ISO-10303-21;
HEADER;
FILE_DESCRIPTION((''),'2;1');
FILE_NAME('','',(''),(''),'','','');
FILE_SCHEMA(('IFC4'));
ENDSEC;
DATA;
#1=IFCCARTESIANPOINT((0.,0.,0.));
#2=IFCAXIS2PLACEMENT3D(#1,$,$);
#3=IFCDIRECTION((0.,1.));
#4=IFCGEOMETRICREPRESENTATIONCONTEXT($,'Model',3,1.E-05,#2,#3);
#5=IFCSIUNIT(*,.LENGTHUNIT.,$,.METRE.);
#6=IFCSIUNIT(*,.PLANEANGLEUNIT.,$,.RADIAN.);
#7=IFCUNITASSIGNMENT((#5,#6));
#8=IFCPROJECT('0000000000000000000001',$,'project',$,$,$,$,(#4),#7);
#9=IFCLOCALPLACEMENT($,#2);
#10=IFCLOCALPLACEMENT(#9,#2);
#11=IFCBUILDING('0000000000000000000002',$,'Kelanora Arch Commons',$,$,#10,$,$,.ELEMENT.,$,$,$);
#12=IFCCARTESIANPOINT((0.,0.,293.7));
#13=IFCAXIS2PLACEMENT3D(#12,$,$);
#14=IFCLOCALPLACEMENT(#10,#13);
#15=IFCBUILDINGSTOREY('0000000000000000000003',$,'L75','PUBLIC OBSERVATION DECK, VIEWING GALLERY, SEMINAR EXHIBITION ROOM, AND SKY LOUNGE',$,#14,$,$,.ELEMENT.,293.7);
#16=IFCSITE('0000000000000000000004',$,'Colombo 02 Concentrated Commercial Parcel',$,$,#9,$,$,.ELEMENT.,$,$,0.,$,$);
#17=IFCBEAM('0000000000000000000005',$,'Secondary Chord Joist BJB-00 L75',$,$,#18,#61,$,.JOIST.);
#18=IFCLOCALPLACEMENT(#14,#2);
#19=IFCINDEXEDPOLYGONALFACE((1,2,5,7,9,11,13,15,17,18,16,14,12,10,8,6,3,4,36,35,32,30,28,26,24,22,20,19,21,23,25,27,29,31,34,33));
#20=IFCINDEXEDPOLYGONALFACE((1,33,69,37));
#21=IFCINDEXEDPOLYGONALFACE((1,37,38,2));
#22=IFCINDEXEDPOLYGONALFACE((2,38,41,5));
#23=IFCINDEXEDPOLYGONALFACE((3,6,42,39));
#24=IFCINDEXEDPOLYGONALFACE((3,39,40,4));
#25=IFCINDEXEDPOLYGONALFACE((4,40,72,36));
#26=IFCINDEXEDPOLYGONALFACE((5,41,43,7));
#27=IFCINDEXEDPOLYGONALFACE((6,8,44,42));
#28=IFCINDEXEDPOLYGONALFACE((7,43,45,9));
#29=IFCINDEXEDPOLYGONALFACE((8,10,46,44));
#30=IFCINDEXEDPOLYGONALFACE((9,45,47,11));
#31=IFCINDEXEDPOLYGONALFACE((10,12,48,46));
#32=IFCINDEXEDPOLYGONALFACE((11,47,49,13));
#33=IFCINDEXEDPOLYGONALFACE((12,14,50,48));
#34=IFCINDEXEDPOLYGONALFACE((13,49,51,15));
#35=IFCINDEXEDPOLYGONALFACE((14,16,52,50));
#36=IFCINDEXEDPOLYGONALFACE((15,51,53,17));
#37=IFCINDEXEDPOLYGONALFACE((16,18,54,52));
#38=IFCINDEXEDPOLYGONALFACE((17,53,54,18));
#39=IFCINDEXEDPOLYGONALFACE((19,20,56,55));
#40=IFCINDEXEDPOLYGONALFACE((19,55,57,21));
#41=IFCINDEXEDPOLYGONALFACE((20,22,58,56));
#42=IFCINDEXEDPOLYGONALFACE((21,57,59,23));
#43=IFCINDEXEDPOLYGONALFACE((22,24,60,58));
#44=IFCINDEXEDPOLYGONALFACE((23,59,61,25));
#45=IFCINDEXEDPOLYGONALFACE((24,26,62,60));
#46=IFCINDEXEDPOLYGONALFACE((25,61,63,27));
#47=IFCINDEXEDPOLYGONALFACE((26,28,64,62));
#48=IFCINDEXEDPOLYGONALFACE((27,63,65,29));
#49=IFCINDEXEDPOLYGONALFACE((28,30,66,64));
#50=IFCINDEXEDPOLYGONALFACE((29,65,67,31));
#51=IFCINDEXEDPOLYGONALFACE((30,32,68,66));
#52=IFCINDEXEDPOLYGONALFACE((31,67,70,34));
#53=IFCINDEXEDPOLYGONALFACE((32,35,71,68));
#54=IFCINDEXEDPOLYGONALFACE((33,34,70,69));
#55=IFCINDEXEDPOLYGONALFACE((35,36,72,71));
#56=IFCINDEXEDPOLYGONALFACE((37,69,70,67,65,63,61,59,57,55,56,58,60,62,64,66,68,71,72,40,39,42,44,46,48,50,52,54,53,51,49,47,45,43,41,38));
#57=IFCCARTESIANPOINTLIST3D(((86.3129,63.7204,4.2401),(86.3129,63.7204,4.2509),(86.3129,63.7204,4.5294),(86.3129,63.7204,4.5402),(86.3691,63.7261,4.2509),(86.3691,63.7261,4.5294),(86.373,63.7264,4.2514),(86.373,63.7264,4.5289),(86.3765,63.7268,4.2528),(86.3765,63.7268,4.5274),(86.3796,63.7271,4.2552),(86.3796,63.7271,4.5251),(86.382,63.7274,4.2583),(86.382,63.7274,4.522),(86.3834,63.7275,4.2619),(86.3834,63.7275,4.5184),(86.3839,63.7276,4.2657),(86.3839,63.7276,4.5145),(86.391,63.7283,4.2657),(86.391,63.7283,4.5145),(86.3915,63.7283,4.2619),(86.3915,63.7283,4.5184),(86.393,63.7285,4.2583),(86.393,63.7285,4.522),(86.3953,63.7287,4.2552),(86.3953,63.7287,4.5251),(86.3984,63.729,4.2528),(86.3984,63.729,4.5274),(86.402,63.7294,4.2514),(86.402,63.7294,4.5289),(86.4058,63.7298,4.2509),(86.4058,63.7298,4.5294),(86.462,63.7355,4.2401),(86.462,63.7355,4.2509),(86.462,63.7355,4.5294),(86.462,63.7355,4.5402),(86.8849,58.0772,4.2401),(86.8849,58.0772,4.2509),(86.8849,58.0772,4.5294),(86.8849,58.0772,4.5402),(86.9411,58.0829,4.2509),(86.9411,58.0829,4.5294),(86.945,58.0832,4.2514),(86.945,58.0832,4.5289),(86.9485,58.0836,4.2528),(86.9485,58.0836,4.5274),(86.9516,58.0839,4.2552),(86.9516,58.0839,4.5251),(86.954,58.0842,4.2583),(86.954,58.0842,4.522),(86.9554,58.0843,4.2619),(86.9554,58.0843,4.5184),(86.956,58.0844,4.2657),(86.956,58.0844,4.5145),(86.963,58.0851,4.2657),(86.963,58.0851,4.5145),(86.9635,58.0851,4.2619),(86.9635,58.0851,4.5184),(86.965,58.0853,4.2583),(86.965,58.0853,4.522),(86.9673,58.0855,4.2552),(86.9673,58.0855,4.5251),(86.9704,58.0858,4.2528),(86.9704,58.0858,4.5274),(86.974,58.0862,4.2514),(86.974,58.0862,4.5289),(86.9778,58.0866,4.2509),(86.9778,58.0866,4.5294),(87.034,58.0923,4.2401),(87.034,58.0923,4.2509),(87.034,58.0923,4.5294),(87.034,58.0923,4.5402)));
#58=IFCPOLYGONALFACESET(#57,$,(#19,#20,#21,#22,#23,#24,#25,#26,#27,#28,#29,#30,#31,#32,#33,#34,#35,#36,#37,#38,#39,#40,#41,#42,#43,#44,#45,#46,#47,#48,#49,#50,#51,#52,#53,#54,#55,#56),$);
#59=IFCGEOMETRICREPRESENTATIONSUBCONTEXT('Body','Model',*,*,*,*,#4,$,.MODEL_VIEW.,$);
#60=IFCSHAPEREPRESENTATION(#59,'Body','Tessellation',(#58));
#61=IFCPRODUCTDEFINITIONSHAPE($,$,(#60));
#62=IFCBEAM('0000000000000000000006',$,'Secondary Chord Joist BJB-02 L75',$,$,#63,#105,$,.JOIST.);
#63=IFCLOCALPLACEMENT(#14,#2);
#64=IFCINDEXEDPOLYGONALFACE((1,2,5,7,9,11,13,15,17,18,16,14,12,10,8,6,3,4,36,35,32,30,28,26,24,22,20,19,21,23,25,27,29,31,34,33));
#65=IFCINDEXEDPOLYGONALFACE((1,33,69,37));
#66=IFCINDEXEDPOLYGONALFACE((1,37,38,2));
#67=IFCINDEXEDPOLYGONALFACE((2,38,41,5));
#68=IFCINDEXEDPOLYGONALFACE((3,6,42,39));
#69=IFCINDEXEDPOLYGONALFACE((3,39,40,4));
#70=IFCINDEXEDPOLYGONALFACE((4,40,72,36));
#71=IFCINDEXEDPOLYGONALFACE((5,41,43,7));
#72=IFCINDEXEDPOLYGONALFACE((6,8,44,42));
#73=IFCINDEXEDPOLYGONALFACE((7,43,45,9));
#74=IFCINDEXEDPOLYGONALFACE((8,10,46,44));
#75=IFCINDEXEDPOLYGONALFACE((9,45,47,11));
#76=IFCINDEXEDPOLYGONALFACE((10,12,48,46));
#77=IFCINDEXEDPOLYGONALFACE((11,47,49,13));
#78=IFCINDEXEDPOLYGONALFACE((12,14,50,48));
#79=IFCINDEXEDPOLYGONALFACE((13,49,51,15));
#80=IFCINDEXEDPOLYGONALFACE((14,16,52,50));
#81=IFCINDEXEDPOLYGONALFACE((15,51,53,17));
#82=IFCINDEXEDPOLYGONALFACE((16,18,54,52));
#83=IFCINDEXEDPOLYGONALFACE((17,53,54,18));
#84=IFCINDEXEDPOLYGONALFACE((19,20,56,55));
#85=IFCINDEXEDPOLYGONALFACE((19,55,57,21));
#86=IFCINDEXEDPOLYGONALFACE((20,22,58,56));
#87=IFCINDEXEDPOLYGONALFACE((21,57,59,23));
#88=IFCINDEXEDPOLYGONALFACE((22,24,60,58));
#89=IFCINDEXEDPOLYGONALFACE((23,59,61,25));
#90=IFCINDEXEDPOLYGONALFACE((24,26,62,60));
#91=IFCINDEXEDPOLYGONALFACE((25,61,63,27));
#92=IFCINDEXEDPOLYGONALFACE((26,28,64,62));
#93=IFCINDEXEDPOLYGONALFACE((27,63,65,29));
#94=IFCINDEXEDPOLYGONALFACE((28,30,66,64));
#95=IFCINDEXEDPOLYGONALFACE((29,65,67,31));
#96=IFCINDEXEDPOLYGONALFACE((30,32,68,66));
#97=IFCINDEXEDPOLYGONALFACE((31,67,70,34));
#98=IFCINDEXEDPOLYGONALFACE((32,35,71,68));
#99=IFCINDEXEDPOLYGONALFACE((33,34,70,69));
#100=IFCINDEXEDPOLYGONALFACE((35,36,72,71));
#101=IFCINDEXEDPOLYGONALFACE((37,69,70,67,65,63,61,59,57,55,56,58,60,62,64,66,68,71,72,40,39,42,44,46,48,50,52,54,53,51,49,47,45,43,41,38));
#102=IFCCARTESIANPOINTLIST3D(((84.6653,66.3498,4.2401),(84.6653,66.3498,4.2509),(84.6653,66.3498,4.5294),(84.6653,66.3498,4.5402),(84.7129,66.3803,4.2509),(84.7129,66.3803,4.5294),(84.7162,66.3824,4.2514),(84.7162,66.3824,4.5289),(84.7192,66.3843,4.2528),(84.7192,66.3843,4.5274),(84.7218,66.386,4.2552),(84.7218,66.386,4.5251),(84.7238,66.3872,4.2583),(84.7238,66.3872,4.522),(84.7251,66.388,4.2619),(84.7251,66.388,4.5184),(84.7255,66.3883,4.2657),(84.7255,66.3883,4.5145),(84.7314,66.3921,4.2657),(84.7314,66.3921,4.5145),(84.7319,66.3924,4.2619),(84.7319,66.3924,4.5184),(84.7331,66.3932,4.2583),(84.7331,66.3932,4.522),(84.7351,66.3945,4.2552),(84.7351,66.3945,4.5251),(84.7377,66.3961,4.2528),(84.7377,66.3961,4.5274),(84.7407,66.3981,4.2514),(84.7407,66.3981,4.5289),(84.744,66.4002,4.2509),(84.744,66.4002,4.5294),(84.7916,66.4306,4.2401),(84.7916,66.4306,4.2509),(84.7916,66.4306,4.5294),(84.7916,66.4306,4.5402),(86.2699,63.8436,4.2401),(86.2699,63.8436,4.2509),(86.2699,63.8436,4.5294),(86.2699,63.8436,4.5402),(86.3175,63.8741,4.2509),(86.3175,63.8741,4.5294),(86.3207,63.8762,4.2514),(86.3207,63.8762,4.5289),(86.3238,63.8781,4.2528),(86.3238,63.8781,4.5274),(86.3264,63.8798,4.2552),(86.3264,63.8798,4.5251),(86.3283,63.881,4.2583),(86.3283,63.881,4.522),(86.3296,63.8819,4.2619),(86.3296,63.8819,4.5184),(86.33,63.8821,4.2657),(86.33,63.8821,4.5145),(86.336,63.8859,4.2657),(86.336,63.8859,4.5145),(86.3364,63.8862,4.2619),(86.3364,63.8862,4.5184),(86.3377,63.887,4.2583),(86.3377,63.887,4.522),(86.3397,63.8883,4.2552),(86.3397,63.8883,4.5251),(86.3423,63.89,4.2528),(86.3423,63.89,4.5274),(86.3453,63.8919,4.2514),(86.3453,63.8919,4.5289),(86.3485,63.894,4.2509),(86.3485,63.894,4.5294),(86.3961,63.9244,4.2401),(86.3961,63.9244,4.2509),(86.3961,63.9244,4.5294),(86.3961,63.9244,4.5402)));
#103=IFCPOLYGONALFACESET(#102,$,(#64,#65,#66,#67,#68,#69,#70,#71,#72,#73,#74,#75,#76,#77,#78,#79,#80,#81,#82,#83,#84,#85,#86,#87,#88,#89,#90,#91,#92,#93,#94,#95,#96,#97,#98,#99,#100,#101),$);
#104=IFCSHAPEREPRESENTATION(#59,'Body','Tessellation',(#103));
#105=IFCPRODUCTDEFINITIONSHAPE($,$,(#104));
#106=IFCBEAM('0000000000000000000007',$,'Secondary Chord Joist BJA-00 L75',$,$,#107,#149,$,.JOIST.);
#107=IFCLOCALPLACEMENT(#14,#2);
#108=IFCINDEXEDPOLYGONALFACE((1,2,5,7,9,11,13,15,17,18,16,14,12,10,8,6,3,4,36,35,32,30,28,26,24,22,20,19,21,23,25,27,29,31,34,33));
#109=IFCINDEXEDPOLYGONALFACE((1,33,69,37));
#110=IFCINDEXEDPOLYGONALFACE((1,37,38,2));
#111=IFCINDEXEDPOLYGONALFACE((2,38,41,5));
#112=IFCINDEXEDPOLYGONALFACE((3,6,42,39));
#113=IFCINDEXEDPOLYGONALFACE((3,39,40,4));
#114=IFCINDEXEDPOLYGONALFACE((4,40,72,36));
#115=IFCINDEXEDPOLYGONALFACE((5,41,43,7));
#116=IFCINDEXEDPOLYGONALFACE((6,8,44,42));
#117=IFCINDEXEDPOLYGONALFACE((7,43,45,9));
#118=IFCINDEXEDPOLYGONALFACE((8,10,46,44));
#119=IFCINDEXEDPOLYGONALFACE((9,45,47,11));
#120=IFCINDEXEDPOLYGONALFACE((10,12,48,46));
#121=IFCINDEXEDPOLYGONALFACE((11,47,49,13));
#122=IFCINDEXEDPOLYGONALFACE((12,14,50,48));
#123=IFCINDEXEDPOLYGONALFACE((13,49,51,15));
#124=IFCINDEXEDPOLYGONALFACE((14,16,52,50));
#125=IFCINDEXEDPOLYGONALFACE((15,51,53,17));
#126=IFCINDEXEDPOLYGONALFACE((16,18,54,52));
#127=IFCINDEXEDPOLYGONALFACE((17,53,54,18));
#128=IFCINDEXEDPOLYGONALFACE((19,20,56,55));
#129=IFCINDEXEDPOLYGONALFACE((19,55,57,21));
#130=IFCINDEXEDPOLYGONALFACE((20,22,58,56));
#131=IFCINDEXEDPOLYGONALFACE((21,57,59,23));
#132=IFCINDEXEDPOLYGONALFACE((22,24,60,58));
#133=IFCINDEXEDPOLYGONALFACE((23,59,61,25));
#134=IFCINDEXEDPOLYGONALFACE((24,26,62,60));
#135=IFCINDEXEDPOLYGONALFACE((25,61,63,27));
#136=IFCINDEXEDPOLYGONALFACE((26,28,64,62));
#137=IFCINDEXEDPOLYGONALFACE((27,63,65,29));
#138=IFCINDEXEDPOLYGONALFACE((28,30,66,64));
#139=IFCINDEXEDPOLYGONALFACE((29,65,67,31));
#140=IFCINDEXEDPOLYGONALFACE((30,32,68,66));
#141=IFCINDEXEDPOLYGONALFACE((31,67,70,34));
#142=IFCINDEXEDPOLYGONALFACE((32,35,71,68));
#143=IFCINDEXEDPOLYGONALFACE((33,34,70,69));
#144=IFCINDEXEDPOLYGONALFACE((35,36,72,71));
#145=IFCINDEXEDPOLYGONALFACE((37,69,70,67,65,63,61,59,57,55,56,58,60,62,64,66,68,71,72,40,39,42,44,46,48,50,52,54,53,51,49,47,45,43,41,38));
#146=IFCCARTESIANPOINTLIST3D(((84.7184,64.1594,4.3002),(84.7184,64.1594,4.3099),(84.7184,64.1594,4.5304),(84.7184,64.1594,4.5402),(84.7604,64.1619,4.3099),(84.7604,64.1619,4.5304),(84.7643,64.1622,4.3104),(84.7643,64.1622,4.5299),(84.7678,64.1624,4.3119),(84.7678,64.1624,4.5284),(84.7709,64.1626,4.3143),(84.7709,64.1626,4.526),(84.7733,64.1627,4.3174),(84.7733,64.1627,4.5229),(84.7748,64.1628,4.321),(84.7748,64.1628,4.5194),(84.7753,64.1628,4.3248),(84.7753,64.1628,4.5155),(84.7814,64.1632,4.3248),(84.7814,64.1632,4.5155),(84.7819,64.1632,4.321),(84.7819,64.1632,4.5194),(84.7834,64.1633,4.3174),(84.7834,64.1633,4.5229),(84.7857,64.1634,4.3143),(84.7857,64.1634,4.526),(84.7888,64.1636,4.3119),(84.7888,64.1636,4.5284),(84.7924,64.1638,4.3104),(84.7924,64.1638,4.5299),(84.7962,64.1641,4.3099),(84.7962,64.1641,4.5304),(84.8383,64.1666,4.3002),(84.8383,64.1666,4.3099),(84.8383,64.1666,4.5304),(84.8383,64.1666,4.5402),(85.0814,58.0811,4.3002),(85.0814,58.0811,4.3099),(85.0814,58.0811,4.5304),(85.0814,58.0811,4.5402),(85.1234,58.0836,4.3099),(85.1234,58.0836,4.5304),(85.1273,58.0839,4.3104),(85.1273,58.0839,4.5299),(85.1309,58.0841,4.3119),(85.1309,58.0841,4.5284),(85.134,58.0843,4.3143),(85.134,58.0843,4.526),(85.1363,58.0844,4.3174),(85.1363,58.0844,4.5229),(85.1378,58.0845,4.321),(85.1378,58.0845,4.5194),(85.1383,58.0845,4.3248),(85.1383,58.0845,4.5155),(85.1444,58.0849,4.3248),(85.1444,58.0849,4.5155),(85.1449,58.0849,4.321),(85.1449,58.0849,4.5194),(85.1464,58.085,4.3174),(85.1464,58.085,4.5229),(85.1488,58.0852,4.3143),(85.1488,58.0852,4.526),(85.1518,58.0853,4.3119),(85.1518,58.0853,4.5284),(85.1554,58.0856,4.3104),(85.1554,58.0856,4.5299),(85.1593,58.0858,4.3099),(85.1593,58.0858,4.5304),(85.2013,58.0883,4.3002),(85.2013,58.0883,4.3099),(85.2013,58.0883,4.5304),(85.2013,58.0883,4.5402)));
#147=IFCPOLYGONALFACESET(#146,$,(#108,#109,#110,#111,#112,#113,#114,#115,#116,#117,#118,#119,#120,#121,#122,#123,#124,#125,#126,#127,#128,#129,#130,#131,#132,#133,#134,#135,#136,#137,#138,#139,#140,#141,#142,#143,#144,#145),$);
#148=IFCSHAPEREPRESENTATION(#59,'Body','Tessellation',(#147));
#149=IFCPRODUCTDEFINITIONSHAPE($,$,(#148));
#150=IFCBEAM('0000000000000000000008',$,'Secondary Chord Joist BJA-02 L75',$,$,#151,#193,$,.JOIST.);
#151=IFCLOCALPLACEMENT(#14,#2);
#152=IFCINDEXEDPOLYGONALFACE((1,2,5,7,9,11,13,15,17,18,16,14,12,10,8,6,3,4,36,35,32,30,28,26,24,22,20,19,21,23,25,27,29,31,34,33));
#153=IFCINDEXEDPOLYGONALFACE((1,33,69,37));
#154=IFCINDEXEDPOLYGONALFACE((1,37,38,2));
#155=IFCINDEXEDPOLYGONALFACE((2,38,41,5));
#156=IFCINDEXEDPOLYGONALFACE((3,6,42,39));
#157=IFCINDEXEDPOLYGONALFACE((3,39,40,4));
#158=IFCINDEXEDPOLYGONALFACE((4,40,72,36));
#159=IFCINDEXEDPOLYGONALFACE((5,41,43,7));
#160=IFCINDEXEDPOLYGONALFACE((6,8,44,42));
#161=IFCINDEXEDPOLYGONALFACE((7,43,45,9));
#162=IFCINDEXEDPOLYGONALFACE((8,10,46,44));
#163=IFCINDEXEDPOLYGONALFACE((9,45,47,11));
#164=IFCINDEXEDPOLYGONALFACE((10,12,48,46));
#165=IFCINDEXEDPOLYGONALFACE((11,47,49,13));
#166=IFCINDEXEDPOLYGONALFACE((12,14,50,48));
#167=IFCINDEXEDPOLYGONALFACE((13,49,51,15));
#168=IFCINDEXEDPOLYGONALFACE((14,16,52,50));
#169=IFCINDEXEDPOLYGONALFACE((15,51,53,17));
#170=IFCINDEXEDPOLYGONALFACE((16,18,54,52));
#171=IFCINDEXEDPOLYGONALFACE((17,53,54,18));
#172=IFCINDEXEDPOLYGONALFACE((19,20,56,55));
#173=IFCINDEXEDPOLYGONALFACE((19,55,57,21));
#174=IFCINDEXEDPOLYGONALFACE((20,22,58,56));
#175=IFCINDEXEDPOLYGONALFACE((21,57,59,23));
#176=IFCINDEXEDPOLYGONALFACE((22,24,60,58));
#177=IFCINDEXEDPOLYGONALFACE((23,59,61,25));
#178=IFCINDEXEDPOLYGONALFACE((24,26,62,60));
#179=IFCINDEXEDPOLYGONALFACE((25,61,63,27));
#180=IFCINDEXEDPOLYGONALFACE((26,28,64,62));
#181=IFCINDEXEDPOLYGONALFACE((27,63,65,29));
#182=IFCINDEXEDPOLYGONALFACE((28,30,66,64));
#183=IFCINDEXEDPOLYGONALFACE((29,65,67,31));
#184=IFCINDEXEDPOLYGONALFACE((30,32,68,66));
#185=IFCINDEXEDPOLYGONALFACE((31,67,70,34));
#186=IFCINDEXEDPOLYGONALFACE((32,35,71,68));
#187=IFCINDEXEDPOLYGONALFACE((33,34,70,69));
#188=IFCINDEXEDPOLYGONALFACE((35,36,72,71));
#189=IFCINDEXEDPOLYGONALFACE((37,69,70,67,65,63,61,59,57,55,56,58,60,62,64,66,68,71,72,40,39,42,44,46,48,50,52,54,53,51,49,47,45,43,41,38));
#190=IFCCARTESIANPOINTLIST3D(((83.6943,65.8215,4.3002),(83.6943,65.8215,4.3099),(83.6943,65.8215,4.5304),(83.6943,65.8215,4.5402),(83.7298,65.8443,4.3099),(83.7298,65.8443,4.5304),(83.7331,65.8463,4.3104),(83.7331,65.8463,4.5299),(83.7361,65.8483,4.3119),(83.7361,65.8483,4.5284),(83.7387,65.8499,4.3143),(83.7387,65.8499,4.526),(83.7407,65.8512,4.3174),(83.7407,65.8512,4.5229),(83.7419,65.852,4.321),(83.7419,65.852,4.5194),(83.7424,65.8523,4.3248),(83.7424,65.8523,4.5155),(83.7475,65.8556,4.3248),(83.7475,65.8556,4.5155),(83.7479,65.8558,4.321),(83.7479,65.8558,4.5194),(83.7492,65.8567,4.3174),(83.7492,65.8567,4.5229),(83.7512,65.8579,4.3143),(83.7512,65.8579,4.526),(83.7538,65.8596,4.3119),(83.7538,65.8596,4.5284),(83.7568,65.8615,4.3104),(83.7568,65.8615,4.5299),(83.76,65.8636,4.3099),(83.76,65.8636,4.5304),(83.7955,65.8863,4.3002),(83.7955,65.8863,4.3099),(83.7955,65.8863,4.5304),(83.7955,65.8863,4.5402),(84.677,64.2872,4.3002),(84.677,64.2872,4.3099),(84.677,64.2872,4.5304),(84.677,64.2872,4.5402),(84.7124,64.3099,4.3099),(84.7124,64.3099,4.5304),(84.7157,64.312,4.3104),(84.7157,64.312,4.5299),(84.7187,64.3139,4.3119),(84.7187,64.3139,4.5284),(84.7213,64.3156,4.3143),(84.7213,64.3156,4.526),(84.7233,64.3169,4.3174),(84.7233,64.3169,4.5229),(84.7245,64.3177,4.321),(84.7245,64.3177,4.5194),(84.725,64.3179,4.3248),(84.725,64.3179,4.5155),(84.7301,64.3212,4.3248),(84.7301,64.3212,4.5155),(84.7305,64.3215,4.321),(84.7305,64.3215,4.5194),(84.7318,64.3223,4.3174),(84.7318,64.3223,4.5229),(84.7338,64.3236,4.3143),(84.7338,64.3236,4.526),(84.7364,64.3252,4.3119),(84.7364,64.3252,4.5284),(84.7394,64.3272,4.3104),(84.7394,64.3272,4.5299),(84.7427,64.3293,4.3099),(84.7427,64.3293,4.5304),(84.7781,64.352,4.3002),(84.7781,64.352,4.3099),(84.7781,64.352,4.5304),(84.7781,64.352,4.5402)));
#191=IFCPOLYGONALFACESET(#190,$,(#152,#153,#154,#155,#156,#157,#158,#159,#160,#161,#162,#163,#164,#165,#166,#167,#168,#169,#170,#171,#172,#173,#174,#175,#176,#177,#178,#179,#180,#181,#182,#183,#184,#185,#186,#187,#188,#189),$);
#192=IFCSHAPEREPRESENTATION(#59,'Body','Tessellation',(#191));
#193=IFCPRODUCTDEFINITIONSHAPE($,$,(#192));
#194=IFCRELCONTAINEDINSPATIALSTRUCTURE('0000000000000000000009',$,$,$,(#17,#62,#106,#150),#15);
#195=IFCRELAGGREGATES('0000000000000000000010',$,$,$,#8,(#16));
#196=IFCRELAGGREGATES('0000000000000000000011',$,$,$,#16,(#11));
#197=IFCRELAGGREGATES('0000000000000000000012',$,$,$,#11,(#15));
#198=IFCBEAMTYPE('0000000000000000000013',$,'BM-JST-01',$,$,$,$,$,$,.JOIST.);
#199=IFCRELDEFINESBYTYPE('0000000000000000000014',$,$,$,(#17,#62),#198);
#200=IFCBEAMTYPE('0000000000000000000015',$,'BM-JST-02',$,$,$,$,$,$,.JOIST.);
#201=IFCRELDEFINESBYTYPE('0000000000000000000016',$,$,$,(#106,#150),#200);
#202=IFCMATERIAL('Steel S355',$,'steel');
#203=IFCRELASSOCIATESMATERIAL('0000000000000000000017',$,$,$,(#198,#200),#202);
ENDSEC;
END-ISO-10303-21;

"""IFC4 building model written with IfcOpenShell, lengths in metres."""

from ifc_helpers import new_model, si_unit, direction, frame, origin, origin_2d, place, context, subcontext, project, spatial, i_section, extrude, material, material_profile, profile_set, type_object, element, save


model = new_model("IFC4")

# Units and contexts
model_context = context("Model", 3, precision=1e-05, world=origin(), true_north=direction((0.0, 1.0)))
body_context = subcontext(model_context, "Body", "Model", "MODEL_VIEW")
ifc_project = project(units=[si_unit("LENGTHUNIT", "METRE"), si_unit("PLANEANGLEUNIT", "RADIAN")], contexts=[model_context])

# Site, building, storey
site_placement = place(None, origin())
site = spatial("IfcSite", under=ifc_project, at=site_placement, Name="Colombo 02 Concentrated Commercial Parcel", CompositionType="ELEMENT", RefElevation=0.0)
building_placement = place(site_placement, origin())
building = spatial("IfcBuilding", under=site, at=building_placement, Name="Kelanora Arch Commons", CompositionType="ELEMENT")
storey_placement = place(building_placement, frame((0.0, 0.0, 293.7)))
storey = spatial("IfcBuildingStorey", under=building, at=storey_placement, Name="L75", Description="PUBLIC OBSERVATION DECK, VIEWING GALLERY, SEMINAR EXHIBITION ROOM, AND SKY LOUNGE", CompositionType="ELEMENT", Elevation=293.7)

# Beams
ifc_material_1 = material(Name="Steel S355", Category="steel")
ifc_material_profile_1 = material_profile(ifc_material_1, i_section(OverallWidth=0.1499, OverallDepth=0.3, WebThickness=0.0071, FlangeThickness=0.0107, FilletRadius=0.0149, at=origin_2d()), Name="IPE300")
ifc_profile_set_1 = profile_set([ifc_material_profile_1], Name="Steel S355")
beam_type_1 = type_object("IfcBeamType", Name="BM-JST-01", PredefinedType="JOIST", material=ifc_profile_set_1)
beam_1_placement = place(storey_placement, frame((86.9595, 58.0847, 4.3901), z_axis=(-0.100846, 0.994902, 0.0), x_axis=(-0.994902, -0.100846, 0.0)))
element("IfcBeam", 1, at=beam_1_placement, inside=storey, type_object=beam_type_1, Name="Secondary Chord Joist BJB-00 L75", PredefinedType="JOIST", context=body_context, shape_type="SweptSolid", body=[
    extrude(i_section(OverallWidth=0.1499, OverallDepth=0.3, WebThickness=0.0071, FlangeThickness=0.0107, FilletRadius=0.0149, at=origin_2d()), origin(), (0.0, 0.0, 1.0), 5.6721),
])
beam_2_placement = place(storey_placement, frame((86.333, 63.884, 4.3901), z_axis=(-0.539193, 0.842182, 0.0), x_axis=(-0.842182, -0.539193, 0.0)))
element("IfcBeam", 2, at=beam_2_placement, inside=storey, type_object=beam_type_1, Name="Secondary Chord Joist BJB-02 L75", PredefinedType="JOIST", context=body_context, shape_type="SweptSolid", body=[
    extrude(i_section(OverallWidth=0.1499, OverallDepth=0.3, WebThickness=0.0071, FlangeThickness=0.0107, FilletRadius=0.0149, at=origin_2d()), origin(), (0.0, 0.0, 1.0), 2.9758),
])
ifc_material_profile_2 = material_profile(ifc_material_1, i_section(OverallWidth=0.1201, OverallDepth=0.24, WebThickness=0.0061, FlangeThickness=0.0098, FilletRadius=0.0149, at=origin_2d()), Name="IPE240")
ifc_profile_set_2 = profile_set([ifc_material_profile_2], Name="Steel S355")
beam_type_2 = type_object("IfcBeamType", Name="BM-JST-02", PredefinedType="JOIST", material=ifc_profile_set_2)
beam_3_placement = place(storey_placement, frame((85.1414, 58.0847, 4.4202), z_axis=(-0.05962, 0.998221, 0.0), x_axis=(-0.998221, -0.05962, 0.0)))
element("IfcBeam", 3, at=beam_3_placement, inside=storey, type_object=beam_type_2, Name="Secondary Chord Joist BJA-00 L75", PredefinedType="JOIST", context=body_context, shape_type="SweptSolid", body=[
    extrude(i_section(OverallWidth=0.1201, OverallDepth=0.24, WebThickness=0.0061, FlangeThickness=0.0098, FilletRadius=0.0149, at=origin_2d()), origin(), (0.0, 0.0, 1.0), 6.0891),
])
beam_4_placement = place(storey_placement, frame((84.7275, 64.3196, 4.4202), z_axis=(-0.539301, 0.842113, 0.0), x_axis=(-0.842113, -0.539301, 0.0)))
element("IfcBeam", 4, at=beam_4_placement, inside=storey, type_object=beam_type_2, Name="Secondary Chord Joist BJA-02 L75", PredefinedType="JOIST", context=body_context, shape_type="SweptSolid", body=[
    extrude(i_section(OverallWidth=0.1201, OverallDepth=0.24, WebThickness=0.0061, FlangeThickness=0.0098, FilletRadius=0.0149, at=origin_2d()), origin(), (0.0, 0.0, 1.0), 1.822),
])

save(model, "model.ifc")
